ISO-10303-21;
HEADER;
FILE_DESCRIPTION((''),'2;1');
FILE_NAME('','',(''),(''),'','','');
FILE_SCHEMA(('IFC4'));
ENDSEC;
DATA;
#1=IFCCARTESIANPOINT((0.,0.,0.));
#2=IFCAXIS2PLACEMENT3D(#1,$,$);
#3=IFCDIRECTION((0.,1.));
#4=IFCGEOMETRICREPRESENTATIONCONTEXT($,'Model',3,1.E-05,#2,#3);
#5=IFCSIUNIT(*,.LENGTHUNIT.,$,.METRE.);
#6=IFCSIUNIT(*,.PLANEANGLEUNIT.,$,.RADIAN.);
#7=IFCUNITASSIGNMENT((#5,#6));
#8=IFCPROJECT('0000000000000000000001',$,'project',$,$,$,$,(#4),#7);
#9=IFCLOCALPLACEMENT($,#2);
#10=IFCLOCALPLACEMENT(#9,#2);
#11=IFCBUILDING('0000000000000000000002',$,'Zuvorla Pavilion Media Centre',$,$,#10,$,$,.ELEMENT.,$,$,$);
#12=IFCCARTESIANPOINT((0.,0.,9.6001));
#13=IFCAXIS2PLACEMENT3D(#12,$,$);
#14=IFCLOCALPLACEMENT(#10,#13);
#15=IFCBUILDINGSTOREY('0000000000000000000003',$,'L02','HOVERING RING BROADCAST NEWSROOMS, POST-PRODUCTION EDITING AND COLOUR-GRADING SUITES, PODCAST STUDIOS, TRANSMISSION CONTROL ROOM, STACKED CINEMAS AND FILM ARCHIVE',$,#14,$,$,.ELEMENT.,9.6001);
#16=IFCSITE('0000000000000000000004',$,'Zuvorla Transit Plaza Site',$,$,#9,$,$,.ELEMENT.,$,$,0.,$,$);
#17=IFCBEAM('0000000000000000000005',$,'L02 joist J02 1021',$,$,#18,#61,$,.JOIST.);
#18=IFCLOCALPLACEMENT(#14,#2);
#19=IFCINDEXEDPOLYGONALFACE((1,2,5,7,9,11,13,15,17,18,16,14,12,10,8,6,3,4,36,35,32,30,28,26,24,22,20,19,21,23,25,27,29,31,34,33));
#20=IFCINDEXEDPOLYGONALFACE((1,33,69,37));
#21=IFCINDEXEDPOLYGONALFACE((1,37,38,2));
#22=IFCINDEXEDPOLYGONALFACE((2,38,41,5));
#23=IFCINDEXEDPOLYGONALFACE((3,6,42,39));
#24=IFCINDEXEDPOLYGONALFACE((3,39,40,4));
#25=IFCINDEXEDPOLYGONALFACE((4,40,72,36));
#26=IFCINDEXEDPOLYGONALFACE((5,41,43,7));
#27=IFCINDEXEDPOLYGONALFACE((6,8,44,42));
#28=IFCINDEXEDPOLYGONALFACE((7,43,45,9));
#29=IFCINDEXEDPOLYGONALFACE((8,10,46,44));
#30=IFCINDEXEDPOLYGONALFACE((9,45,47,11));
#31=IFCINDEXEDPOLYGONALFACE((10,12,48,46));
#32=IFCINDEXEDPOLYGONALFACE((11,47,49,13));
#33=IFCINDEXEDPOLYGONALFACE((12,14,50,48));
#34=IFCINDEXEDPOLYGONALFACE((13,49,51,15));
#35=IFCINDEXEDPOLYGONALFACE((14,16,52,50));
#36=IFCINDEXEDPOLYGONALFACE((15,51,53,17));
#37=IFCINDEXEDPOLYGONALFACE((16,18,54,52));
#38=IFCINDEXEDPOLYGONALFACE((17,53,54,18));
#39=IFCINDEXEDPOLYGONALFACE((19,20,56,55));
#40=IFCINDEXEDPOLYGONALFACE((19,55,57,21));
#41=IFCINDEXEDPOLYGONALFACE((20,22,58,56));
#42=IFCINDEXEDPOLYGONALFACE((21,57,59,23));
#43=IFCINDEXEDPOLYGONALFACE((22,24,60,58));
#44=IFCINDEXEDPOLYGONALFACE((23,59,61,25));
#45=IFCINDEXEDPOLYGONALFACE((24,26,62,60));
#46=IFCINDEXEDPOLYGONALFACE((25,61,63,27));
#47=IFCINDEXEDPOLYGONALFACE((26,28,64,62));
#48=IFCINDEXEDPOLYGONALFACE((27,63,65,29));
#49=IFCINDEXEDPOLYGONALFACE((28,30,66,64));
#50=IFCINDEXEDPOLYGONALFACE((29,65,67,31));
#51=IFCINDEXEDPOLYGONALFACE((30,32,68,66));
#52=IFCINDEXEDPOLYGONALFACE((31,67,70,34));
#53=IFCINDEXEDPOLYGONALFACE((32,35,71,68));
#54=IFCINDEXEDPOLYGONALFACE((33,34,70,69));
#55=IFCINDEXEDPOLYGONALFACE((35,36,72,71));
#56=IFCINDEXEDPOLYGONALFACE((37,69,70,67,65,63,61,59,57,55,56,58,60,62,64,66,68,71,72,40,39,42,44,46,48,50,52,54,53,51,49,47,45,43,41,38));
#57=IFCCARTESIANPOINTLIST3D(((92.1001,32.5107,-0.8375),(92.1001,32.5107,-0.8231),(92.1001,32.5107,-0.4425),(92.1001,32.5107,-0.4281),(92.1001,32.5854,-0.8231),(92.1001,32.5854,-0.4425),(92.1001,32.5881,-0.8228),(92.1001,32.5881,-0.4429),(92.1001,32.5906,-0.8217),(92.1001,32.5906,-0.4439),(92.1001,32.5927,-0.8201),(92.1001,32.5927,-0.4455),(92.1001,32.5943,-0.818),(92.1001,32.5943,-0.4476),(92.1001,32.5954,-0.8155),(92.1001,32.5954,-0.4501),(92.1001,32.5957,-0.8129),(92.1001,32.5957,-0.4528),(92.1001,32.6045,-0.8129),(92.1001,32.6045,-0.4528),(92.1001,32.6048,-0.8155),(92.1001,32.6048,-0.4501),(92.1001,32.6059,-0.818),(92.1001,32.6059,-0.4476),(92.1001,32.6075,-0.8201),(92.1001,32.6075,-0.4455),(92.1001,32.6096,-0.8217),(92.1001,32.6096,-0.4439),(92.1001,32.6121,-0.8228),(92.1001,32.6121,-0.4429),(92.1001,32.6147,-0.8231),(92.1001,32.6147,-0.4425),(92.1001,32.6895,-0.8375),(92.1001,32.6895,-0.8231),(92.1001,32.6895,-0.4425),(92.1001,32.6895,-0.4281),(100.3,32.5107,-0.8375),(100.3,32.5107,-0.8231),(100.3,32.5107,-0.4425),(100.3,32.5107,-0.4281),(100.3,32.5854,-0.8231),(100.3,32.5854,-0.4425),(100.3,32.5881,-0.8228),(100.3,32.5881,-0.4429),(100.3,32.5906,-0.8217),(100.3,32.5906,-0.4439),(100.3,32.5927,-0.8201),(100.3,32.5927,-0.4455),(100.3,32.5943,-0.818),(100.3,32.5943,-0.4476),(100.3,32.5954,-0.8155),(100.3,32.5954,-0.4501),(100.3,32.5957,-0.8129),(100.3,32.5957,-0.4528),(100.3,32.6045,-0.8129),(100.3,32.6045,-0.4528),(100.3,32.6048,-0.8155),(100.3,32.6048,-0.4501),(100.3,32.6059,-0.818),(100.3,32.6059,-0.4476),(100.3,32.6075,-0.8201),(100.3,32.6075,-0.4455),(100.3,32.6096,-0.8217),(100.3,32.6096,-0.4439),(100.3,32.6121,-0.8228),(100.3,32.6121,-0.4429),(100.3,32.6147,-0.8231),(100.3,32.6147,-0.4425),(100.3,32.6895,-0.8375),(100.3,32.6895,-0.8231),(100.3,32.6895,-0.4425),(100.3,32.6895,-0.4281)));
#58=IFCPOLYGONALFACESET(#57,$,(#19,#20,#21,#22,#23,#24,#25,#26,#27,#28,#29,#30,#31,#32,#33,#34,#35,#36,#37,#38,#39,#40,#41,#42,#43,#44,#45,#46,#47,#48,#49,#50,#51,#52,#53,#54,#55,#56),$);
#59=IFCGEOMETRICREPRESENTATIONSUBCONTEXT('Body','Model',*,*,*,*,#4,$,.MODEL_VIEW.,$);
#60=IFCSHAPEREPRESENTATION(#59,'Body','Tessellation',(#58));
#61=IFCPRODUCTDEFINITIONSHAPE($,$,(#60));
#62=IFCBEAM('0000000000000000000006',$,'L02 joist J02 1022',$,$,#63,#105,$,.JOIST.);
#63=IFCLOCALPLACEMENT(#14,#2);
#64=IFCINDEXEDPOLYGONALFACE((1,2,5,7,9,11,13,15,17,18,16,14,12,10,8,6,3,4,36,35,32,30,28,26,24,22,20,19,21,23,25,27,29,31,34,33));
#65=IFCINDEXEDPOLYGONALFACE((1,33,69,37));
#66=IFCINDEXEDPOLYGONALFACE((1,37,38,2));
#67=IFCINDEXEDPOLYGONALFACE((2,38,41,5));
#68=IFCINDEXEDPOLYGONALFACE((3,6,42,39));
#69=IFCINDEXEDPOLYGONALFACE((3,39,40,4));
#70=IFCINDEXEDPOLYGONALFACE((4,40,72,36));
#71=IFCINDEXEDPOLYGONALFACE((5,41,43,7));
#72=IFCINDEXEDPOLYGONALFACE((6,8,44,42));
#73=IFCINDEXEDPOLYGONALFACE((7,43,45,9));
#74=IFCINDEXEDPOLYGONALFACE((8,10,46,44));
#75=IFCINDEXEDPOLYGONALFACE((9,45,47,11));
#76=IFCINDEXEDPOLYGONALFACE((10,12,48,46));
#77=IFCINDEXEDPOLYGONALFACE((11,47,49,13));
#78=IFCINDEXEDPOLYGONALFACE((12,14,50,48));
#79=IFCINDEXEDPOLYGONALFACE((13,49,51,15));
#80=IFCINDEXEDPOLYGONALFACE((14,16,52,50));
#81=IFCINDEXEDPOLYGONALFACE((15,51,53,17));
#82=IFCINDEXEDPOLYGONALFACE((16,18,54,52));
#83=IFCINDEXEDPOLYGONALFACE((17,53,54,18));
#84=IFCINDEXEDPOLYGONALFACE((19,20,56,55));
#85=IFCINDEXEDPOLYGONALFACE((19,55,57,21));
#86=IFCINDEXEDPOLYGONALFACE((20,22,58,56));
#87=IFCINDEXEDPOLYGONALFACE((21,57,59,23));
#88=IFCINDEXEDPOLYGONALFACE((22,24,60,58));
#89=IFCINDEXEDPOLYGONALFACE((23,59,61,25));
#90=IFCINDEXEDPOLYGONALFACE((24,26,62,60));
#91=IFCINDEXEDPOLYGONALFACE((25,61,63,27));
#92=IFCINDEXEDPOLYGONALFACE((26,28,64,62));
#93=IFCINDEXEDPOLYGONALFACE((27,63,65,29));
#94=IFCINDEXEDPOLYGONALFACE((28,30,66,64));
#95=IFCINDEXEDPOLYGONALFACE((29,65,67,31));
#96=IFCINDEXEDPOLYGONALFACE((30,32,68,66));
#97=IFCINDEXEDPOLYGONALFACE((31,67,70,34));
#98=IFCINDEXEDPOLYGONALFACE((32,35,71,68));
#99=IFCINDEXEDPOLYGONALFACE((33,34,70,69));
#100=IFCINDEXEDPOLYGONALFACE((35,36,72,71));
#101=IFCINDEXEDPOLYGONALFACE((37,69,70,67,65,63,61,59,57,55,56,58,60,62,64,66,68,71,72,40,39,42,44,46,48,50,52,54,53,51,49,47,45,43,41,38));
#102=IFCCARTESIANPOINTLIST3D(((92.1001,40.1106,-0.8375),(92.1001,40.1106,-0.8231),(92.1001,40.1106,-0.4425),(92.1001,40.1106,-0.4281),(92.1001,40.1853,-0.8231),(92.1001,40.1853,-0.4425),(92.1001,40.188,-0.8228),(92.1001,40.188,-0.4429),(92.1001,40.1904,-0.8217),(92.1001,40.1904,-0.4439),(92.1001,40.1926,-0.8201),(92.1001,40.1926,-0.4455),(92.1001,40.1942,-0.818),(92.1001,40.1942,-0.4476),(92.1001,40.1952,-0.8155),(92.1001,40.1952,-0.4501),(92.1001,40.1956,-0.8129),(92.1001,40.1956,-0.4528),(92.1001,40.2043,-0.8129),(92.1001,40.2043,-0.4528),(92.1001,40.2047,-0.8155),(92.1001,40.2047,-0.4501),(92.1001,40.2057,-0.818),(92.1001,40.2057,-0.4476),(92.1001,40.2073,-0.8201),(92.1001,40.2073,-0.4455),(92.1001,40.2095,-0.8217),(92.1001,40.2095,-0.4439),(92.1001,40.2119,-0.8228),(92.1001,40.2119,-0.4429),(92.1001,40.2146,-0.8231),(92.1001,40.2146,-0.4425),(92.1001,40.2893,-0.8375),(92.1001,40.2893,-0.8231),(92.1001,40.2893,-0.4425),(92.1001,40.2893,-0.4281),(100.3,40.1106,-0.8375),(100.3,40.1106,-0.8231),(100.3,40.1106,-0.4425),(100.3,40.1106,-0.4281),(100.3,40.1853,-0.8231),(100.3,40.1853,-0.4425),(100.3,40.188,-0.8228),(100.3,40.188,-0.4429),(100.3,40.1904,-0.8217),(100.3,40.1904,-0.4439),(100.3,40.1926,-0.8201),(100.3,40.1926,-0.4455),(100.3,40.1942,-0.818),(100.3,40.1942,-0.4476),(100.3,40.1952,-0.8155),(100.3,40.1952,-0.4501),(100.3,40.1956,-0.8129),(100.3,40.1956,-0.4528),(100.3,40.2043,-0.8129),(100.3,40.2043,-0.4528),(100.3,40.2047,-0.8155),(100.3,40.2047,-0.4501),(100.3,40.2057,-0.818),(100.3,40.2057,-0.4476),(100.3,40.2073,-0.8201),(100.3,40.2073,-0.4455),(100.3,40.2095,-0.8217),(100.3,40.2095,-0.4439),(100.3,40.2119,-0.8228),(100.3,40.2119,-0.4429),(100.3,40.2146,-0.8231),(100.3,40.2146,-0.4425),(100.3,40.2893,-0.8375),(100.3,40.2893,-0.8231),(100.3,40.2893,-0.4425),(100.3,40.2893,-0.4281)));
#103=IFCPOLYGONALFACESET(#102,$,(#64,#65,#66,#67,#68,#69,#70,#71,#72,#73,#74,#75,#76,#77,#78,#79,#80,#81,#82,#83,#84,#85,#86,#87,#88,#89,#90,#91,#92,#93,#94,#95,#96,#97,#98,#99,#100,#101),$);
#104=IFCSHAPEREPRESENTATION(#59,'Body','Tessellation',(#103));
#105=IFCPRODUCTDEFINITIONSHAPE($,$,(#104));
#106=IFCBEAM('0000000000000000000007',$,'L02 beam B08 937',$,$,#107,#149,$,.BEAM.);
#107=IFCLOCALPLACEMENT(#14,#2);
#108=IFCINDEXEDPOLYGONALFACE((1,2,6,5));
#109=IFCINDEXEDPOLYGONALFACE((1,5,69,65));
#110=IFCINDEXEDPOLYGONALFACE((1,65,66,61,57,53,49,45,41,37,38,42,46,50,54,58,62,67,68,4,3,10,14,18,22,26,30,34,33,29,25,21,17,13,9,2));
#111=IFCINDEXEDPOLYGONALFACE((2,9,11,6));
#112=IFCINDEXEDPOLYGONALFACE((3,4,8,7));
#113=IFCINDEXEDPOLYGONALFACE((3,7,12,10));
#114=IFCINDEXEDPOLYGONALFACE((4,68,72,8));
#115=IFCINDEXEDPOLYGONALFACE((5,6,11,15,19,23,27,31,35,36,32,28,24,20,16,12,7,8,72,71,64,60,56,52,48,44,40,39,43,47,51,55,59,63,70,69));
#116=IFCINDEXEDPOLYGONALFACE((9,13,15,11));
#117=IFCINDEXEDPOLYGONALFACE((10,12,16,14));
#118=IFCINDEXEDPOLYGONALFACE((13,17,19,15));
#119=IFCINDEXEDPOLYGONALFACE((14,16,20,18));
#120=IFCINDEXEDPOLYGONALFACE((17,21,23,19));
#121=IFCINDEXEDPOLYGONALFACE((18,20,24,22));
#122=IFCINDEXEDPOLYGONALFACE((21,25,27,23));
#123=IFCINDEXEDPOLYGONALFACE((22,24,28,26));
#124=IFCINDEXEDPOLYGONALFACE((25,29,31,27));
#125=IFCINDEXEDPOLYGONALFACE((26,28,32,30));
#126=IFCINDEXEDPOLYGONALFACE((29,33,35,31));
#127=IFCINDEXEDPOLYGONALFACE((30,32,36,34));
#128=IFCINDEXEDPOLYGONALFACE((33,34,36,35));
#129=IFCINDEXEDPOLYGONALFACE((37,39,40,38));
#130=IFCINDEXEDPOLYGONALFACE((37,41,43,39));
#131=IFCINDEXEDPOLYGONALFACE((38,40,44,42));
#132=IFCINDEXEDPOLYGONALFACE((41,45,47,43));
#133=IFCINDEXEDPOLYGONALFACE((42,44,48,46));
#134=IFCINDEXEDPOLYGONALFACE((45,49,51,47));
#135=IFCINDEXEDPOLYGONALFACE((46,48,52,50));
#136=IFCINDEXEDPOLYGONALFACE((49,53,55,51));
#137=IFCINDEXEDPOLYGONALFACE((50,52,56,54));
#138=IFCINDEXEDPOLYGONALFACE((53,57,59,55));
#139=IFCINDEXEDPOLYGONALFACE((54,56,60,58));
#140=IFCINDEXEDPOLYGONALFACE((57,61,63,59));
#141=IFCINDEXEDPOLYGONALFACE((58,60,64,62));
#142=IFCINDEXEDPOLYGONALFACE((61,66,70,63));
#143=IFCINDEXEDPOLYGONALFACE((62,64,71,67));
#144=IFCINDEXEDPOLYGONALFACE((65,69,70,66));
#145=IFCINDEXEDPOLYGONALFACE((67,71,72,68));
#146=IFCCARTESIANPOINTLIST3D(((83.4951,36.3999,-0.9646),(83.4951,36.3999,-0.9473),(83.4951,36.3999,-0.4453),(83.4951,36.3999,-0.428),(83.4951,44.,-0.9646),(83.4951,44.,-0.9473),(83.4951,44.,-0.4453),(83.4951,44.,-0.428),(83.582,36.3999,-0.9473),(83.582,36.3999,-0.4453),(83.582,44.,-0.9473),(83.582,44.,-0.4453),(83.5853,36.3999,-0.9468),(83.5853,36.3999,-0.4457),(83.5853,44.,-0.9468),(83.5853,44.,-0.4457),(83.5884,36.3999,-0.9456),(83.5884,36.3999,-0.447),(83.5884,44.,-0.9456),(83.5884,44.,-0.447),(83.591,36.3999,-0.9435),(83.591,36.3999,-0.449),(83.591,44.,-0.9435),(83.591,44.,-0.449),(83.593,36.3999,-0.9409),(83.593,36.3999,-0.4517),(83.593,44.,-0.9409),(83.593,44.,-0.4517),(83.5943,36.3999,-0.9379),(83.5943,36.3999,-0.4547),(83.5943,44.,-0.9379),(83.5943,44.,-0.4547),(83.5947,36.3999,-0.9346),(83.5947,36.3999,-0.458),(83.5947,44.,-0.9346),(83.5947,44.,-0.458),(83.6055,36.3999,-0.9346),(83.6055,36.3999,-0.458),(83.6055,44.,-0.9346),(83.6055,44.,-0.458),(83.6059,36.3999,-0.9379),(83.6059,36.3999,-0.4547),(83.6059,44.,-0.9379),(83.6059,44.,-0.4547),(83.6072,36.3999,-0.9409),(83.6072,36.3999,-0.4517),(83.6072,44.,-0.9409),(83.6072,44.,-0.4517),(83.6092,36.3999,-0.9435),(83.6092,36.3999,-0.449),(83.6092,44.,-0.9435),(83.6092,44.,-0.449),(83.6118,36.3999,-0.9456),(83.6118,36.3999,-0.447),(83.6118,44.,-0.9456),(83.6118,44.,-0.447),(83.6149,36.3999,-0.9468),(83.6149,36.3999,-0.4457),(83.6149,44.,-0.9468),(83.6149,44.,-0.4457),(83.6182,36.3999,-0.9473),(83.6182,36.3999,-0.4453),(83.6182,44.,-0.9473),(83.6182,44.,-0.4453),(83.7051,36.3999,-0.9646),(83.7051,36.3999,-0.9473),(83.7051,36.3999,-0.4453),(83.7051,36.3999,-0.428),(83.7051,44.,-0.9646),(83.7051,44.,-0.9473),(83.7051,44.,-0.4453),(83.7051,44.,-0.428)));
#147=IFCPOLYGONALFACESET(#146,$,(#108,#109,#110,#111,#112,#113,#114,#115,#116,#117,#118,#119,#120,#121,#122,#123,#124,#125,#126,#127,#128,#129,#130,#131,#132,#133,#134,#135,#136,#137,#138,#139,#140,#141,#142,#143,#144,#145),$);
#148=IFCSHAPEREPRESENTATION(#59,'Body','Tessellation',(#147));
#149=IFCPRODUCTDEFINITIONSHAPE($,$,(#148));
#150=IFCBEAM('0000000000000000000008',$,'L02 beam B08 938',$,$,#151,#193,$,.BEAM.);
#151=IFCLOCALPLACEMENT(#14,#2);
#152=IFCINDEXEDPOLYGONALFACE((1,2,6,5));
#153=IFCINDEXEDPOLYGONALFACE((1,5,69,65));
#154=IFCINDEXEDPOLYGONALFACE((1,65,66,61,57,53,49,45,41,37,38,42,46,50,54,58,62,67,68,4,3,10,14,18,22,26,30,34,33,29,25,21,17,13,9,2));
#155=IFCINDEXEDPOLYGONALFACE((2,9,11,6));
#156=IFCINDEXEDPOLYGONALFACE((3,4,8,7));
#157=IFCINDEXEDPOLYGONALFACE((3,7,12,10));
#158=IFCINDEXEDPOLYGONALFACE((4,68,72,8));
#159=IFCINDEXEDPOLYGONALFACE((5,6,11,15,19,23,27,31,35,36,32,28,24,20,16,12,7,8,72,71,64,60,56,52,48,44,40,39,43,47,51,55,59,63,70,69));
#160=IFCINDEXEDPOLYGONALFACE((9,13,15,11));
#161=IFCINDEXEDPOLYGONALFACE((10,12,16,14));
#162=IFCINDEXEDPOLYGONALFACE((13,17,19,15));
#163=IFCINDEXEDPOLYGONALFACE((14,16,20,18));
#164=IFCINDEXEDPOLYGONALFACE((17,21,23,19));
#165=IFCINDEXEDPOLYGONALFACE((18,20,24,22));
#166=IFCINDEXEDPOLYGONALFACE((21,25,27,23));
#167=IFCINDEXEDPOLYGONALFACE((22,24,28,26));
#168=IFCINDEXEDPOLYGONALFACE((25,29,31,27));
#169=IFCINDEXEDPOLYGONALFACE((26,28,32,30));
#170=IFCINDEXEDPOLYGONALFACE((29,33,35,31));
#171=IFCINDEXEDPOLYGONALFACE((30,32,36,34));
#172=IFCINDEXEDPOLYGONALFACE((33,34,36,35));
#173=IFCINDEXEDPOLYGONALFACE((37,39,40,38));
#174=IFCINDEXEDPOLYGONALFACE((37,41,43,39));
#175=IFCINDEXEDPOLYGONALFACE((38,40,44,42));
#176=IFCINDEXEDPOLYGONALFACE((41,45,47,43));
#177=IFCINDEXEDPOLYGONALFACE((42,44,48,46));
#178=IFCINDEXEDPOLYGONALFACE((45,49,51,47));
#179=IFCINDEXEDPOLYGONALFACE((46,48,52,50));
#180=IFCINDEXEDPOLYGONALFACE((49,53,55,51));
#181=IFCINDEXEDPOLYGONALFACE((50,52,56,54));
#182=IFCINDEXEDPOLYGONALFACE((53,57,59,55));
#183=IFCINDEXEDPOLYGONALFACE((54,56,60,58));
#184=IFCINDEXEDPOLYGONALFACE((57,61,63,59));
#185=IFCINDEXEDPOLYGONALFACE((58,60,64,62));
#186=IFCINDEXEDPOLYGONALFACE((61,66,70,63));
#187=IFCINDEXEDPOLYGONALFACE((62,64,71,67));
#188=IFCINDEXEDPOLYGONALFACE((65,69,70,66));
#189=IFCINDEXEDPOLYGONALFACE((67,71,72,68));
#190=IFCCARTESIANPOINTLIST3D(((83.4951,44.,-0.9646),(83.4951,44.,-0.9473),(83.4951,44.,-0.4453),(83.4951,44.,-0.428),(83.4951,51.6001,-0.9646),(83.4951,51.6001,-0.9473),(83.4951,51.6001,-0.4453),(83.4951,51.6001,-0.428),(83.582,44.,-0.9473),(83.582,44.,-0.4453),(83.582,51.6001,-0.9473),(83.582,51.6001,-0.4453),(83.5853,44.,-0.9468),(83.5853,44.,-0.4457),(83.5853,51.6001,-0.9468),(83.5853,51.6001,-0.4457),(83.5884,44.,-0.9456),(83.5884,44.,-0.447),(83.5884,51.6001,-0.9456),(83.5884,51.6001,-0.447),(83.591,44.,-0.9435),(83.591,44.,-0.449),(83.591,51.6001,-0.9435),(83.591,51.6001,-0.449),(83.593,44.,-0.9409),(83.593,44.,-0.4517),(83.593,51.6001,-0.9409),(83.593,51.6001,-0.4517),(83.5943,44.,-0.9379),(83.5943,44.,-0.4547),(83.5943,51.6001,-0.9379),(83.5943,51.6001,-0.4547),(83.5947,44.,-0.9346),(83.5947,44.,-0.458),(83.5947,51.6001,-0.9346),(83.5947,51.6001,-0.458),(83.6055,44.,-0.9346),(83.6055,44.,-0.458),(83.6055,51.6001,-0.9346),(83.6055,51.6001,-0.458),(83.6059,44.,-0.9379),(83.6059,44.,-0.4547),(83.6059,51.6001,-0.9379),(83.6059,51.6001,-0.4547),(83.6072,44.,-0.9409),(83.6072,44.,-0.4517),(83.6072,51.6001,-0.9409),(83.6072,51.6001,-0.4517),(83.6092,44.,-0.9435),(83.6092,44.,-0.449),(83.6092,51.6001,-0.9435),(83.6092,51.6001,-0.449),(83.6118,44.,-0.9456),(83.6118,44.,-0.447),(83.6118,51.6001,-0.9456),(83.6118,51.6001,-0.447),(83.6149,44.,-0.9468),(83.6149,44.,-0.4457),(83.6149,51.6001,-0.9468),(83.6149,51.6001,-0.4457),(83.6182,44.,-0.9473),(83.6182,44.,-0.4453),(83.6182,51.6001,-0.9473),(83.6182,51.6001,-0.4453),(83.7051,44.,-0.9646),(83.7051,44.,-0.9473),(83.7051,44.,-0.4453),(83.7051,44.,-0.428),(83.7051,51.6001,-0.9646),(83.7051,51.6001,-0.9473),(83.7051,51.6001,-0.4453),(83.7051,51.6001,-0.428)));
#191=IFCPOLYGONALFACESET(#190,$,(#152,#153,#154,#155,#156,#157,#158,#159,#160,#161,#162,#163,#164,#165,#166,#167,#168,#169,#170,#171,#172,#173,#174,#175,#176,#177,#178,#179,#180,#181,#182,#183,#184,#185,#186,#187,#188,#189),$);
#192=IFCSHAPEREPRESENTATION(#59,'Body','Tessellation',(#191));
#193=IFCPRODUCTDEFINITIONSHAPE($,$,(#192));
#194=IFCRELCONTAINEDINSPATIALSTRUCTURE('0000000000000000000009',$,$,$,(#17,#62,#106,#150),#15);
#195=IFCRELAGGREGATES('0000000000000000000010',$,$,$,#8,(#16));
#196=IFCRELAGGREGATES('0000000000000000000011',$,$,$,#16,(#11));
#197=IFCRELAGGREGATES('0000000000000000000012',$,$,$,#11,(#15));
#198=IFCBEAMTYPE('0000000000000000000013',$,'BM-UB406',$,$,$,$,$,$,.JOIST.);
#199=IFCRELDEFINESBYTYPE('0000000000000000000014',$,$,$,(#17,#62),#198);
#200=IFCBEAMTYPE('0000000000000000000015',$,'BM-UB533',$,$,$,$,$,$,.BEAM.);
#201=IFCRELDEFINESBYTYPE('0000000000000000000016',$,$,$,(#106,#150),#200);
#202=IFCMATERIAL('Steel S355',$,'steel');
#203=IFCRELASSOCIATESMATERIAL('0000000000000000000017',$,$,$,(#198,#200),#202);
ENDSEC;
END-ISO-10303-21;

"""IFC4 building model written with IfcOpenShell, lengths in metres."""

from ifc_helpers import new_model, si_unit, direction, frame, origin, origin_2d, place, context, subcontext, project, spatial, i_section, extrude, material, material_profile, profile_set, type_object, element, save


model = new_model("IFC4")

# Units and contexts
model_context = context("Model", 3, precision=1e-05, world=origin(), true_north=direction((0.0, 1.0)))
body_context = subcontext(model_context, "Body", "Model", "MODEL_VIEW")
ifc_project = project(units=[si_unit("LENGTHUNIT", "METRE"), si_unit("PLANEANGLEUNIT", "RADIAN")], contexts=[model_context])

# Site, building, storey
site_placement = place(None, origin())
site = spatial("IfcSite", under=ifc_project, at=site_placement, Name="Zuvorla Transit Plaza Site", CompositionType="ELEMENT", RefElevation=0.0)
building_placement = place(site_placement, origin())
building = spatial("IfcBuilding", under=site, at=building_placement, Name="Zuvorla Pavilion Media Centre", CompositionType="ELEMENT")
storey_placement = place(building_placement, frame((0.0, 0.0, 9.6001)))
storey = spatial("IfcBuildingStorey", under=building, at=storey_placement, Name="L02", Description="HOVERING RING BROADCAST NEWSROOMS, POST-PRODUCTION EDITING AND COLOUR-GRADING SUITES, PODCAST STUDIOS, TRANSMISSION CONTROL ROOM, STACKED CINEMAS AND FILM ARCHIVE", CompositionType="ELEMENT", Elevation=9.6001)

# Beams
ifc_material_1 = material(Name="Steel S355", Category="steel")
ifc_material_profile_1 = material_profile(ifc_material_1, i_section(OverallWidth=0.1787, OverallDepth=0.4094, WebThickness=0.0088, FlangeThickness=0.0144, FilletRadius=0.0103, at=origin_2d()), Name="UB 406x178x67")
ifc_profile_set_1 = profile_set([ifc_material_profile_1], Name="Steel S355")
beam_type_1 = type_object("IfcBeamType", Name="BM-UB406", PredefinedType="JOIST", material=ifc_profile_set_1)
for number, where, z_axis, x_axis, name in (
    (1, (92.1001, 32.6001, -0.6328), (1.0, 0.0, 0.0), (0.0, 1.0, 0.0), "L02 joist J02 1021"),
    (2, (92.1001, 40.2, -0.6328), (1.0, 0.0, 0.0), (0.0, 1.0, 0.0), "L02 joist J02 1022"),
):
    element("IfcBeam", number, at=place(storey_placement, frame(where, z_axis=z_axis, x_axis=x_axis)), inside=storey, type_object=beam_type_1, Name=name, PredefinedType="JOIST", context=body_context, shape_type="SweptSolid", body=[
        extrude(i_section(OverallWidth=0.1787, OverallDepth=0.4094, WebThickness=0.0088, FlangeThickness=0.0144, FilletRadius=0.0103, at=origin_2d()), origin(), (0.0, 0.0, 1.0), 8.2),
    ])
ifc_material_profile_2 = material_profile(ifc_material_1, i_section(OverallWidth=0.21, OverallDepth=0.5366, WebThickness=0.0107, FlangeThickness=0.0173, FilletRadius=0.0127, at=origin_2d()), Name="UB 533x210x101")
ifc_profile_set_2 = profile_set([ifc_material_profile_2], Name="Steel S355")
beam_type_2 = type_object("IfcBeamType", Name="BM-UB533", PredefinedType="BEAM", material=ifc_profile_set_2)
for number, where, z_axis, x_axis, name in (
    (3, (83.6001, 36.3999, -0.6963), (0.0, 1.0, 0.0), (-1.0, 0.0, 0.0), "L02 beam B08 937"),
    (4, (83.6001, 44.0, -0.6963), (0.0, 1.0, 0.0), (-1.0, 0.0, 0.0), "L02 beam B08 938"),
):
    element("IfcBeam", number, at=place(storey_placement, frame(where, z_axis=z_axis, x_axis=x_axis)), inside=storey, type_object=beam_type_2, Name=name, PredefinedType="BEAM", context=body_context, shape_type="SweptSolid", body=[
        extrude(i_section(OverallWidth=0.21, OverallDepth=0.5366, WebThickness=0.0107, FlangeThickness=0.0173, FilletRadius=0.0127, at=origin_2d()), origin(), (0.0, 0.0, 1.0), 7.6001),
    ])

save(model, "model.ifc")
